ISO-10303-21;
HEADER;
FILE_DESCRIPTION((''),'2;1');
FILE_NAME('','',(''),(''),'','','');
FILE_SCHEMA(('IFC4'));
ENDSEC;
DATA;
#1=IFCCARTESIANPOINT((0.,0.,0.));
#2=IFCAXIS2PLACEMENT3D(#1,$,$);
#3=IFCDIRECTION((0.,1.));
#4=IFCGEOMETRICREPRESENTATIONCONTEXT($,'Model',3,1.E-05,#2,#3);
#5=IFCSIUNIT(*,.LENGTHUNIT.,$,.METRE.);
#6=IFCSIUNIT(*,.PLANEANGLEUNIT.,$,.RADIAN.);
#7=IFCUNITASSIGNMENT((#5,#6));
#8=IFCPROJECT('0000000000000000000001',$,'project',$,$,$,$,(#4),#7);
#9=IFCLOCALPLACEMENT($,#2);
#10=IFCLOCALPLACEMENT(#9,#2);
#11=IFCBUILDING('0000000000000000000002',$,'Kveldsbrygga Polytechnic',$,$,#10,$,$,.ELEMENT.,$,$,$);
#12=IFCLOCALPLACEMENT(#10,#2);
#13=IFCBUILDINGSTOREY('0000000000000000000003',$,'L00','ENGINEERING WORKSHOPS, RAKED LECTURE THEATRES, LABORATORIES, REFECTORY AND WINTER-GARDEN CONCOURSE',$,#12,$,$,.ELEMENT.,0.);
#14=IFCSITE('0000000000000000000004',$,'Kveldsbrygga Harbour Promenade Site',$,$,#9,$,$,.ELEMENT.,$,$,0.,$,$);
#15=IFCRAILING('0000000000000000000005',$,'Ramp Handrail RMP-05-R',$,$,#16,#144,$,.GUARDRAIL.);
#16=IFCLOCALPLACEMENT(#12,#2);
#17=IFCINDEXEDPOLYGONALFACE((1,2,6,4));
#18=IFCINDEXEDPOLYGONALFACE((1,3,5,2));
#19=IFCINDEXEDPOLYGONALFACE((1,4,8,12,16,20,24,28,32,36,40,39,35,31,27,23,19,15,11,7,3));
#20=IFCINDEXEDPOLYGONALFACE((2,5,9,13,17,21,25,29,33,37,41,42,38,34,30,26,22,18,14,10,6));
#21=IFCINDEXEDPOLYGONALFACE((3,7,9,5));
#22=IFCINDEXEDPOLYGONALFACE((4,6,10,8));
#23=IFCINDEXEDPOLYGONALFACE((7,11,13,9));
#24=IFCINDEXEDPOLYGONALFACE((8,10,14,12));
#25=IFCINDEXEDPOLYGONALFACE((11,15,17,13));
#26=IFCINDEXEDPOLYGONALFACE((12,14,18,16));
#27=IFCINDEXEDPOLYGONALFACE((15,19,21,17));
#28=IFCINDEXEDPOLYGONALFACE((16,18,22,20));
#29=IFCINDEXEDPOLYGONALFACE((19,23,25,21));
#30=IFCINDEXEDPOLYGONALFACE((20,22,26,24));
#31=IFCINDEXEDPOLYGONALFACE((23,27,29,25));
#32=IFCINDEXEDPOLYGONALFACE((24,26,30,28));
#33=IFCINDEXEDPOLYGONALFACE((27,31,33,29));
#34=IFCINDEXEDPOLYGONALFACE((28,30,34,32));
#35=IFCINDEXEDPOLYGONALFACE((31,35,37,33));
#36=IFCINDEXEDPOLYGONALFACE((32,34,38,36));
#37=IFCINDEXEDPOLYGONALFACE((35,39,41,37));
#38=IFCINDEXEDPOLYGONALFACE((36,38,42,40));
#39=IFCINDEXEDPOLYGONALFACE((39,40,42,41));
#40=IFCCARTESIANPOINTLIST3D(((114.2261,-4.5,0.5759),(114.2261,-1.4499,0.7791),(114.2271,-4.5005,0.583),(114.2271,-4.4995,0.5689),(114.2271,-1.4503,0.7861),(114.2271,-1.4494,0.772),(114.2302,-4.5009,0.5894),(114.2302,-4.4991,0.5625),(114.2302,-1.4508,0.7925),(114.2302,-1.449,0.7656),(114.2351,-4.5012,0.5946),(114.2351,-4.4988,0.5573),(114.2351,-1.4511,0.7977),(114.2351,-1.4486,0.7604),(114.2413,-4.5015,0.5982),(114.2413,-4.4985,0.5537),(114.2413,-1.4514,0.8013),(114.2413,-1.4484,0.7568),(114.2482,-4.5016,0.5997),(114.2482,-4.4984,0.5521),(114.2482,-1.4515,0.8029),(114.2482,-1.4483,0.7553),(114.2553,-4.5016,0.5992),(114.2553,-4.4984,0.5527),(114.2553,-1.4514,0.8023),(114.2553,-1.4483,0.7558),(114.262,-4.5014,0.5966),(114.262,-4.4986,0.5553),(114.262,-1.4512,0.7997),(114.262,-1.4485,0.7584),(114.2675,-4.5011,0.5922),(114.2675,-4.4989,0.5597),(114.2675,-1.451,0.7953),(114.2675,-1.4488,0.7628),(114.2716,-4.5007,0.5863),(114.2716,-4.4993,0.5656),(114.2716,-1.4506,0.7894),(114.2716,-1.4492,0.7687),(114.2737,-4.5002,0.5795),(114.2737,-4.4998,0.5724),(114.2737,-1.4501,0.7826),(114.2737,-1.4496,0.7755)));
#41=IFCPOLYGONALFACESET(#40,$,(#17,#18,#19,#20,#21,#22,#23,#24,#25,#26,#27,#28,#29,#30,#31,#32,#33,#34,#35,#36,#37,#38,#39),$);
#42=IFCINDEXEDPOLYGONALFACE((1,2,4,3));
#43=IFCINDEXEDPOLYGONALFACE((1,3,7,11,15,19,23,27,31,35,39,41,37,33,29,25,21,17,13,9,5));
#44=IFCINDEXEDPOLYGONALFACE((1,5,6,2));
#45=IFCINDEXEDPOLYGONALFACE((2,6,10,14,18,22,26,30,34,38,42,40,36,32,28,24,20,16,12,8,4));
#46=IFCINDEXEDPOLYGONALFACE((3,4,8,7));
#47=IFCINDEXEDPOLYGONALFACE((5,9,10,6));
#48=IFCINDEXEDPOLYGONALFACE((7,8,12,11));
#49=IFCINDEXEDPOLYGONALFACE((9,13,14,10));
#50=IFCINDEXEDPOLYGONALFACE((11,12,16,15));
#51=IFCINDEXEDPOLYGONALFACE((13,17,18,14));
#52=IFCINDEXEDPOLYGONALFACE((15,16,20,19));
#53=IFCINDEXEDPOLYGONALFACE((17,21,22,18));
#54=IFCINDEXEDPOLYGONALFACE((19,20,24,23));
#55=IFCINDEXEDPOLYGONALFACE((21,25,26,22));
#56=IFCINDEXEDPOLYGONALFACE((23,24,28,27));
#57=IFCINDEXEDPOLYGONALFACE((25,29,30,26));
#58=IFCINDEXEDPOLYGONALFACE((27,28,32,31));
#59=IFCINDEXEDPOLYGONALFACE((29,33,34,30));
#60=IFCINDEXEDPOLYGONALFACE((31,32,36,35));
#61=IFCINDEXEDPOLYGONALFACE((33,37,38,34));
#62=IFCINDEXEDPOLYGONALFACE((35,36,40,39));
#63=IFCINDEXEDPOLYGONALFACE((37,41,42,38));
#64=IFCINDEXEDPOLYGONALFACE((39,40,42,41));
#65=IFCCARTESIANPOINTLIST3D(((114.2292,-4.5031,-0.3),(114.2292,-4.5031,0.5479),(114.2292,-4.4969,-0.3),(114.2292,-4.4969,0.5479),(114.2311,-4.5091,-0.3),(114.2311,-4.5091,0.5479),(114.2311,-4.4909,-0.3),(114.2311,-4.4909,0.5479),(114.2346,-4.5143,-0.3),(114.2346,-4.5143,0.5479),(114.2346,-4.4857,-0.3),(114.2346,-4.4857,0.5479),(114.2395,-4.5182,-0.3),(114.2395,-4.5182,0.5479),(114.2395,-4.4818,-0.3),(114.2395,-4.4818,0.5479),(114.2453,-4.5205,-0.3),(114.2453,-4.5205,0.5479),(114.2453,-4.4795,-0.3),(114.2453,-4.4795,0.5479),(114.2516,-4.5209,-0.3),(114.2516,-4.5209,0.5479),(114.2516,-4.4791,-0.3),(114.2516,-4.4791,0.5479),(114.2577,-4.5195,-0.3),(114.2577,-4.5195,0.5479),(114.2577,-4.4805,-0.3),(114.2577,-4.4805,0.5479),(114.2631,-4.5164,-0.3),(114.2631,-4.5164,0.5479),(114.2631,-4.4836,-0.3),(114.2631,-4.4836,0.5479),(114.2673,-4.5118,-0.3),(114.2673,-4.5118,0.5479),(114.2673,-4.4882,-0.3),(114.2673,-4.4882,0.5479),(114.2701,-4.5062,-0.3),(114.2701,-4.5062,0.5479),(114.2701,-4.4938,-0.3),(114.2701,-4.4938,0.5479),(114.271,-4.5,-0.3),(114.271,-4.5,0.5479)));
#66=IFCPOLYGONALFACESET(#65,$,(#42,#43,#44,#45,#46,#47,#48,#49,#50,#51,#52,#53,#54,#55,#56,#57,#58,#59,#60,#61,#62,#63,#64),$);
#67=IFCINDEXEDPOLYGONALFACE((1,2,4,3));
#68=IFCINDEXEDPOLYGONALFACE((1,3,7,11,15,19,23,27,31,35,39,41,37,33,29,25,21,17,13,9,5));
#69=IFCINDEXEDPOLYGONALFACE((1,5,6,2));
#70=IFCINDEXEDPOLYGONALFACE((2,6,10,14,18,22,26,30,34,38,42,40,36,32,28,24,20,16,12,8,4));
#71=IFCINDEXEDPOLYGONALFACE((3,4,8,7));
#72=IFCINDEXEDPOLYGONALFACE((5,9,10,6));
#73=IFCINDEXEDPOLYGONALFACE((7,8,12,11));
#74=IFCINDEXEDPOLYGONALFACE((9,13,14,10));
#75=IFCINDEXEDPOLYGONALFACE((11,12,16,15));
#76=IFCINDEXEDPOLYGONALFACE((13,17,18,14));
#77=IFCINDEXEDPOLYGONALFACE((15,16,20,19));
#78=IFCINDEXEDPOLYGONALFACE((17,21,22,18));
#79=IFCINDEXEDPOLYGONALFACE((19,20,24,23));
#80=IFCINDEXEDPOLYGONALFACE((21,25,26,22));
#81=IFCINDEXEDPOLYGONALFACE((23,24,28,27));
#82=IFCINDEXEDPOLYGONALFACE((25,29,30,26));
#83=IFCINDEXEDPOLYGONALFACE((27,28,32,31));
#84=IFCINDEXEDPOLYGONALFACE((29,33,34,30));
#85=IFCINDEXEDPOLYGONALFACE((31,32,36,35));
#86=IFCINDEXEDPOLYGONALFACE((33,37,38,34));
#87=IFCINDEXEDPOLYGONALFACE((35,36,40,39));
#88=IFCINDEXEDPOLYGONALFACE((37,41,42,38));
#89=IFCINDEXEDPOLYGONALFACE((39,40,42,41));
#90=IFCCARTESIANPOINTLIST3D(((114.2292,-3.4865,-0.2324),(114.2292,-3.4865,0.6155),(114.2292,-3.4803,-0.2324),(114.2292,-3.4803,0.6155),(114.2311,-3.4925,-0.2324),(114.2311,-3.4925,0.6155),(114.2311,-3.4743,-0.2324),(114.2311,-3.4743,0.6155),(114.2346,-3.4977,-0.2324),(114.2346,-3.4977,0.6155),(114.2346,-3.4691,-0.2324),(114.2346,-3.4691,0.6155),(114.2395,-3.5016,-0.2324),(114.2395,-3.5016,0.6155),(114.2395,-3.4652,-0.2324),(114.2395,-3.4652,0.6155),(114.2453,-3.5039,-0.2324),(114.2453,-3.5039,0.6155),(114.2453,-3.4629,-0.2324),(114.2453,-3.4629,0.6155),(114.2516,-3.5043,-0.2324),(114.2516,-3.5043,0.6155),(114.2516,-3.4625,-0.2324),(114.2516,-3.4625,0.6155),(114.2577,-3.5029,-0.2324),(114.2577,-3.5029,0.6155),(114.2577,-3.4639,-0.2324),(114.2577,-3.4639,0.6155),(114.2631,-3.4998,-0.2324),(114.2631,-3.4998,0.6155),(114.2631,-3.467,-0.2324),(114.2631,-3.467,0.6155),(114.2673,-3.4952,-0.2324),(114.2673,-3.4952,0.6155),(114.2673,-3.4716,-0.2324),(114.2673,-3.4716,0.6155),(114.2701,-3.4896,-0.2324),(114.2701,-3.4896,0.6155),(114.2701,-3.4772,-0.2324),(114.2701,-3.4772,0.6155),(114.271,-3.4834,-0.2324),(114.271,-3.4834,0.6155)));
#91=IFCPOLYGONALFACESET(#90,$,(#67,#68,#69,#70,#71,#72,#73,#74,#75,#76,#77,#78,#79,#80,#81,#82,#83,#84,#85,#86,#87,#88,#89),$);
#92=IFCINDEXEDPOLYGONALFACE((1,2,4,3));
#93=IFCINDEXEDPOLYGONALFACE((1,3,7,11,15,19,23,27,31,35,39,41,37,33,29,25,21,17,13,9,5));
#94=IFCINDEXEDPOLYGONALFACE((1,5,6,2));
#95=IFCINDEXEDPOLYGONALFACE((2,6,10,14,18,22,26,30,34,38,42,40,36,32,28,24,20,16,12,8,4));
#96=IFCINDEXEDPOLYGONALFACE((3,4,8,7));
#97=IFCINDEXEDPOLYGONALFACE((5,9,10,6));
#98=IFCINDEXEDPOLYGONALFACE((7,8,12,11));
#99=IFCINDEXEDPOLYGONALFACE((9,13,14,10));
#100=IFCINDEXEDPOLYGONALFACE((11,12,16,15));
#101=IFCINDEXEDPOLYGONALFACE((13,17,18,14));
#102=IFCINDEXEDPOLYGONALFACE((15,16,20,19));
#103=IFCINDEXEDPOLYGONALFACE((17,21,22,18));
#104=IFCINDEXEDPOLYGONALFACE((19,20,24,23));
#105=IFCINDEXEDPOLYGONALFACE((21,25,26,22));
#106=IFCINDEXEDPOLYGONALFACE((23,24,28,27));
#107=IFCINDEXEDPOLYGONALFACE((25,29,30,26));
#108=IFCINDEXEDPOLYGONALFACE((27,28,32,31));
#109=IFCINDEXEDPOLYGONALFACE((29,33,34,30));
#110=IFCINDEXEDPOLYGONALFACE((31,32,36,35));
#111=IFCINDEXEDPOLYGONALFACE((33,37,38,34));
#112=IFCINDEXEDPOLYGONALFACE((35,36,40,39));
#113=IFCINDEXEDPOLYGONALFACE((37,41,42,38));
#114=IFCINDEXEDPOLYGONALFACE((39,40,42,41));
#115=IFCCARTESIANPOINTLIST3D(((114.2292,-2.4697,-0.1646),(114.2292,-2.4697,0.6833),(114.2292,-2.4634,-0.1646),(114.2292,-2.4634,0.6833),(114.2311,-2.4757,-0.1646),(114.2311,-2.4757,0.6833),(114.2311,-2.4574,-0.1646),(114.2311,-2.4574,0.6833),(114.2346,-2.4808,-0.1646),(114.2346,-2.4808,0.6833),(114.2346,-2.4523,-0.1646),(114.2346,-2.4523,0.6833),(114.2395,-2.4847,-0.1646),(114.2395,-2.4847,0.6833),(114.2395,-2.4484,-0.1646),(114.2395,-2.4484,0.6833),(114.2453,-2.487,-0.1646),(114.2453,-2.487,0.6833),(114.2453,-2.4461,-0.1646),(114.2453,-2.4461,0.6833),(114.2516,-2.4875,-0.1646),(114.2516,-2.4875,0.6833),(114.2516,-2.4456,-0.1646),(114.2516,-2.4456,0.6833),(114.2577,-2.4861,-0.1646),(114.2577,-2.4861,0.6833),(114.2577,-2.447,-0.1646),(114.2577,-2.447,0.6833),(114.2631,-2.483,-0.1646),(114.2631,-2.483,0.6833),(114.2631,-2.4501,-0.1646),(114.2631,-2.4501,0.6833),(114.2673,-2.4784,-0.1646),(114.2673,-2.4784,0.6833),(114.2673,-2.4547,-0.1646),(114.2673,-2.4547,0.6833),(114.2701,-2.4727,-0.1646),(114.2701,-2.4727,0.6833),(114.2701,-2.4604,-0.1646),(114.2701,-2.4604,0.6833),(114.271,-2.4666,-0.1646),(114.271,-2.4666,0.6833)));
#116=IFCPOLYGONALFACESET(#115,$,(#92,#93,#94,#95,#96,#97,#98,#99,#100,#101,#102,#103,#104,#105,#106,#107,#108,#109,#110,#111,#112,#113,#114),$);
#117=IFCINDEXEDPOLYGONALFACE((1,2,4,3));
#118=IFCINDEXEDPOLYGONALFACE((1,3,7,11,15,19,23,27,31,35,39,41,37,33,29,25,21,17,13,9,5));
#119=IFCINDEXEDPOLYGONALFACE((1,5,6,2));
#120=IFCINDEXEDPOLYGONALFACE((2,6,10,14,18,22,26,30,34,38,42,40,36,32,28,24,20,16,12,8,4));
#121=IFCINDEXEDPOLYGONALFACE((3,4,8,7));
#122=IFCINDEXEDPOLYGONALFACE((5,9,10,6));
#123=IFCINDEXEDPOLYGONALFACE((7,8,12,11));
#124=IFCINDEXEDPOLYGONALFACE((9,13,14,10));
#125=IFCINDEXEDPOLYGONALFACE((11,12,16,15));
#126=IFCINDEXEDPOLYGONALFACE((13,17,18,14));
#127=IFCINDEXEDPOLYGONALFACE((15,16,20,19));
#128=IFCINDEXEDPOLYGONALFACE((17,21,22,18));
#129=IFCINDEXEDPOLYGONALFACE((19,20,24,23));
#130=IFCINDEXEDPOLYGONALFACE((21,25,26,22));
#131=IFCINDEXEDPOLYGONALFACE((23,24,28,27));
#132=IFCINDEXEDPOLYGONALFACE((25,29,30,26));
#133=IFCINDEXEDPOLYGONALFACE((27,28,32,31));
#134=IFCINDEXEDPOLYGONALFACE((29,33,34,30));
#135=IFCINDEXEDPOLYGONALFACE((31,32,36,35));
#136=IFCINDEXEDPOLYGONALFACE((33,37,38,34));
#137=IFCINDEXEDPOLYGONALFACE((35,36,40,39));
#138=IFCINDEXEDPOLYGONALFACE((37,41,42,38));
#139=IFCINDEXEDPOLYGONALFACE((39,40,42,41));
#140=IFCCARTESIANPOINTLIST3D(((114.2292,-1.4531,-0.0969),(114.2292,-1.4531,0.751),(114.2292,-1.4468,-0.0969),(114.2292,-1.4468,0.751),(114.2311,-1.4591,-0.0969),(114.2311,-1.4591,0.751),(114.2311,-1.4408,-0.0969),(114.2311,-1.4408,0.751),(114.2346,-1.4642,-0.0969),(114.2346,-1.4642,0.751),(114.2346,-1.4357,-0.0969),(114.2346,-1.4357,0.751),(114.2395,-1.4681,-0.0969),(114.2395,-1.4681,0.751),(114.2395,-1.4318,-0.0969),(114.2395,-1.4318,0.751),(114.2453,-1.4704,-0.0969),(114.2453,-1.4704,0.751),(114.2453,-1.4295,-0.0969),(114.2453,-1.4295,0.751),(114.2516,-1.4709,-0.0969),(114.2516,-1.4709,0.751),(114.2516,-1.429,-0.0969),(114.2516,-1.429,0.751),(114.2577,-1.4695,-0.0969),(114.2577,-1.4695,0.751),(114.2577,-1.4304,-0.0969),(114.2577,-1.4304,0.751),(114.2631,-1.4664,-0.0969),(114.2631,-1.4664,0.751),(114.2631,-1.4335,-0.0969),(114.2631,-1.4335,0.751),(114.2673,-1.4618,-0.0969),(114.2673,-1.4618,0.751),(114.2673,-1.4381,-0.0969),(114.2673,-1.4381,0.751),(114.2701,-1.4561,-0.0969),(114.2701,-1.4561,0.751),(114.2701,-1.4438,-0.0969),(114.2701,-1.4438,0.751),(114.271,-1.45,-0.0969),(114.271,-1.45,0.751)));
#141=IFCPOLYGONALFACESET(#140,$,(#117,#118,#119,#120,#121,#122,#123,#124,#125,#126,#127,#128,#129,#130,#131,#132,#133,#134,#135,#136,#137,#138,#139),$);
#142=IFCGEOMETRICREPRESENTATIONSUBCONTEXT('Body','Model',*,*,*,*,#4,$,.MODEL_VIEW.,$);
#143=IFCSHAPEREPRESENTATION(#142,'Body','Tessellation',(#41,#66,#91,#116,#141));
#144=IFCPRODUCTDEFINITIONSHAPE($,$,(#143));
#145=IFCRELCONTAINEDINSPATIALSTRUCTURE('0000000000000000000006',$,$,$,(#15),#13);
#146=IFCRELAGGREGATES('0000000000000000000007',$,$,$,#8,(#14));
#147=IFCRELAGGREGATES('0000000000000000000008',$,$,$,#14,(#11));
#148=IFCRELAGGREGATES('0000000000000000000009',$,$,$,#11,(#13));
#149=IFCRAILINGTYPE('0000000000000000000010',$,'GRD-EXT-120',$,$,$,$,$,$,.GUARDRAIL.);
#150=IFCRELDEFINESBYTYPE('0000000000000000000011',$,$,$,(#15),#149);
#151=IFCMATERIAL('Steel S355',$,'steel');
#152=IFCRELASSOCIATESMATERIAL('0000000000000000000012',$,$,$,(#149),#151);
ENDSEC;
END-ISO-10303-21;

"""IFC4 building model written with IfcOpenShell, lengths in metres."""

from ifc_helpers import new_model, si_unit, direction, frame, origin, origin_2d, place, context, subcontext, project, spatial, circle, extrude, material, type_object, element, save


model = new_model("IFC4")

# Units and contexts
model_context = context("Model", 3, precision=1e-05, world=origin(), true_north=direction((0.0, 1.0)))
body_context = subcontext(model_context, "Body", "Model", "MODEL_VIEW")
ifc_project = project(units=[si_unit("LENGTHUNIT", "METRE"), si_unit("PLANEANGLEUNIT", "RADIAN")], contexts=[model_context])

# Site, building, storey
site_placement = place(None, origin())
site = spatial("IfcSite", under=ifc_project, at=site_placement, Name="Kveldsbrygga Harbour Promenade Site", CompositionType="ELEMENT", RefElevation=0.0)
building_placement = place(site_placement, origin())
building = spatial("IfcBuilding", under=site, at=building_placement, Name="Kveldsbrygga Polytechnic", CompositionType="ELEMENT")
storey_placement = place(building_placement, origin())
storey = spatial("IfcBuildingStorey", under=building, at=storey_placement, Name="L00", Description="ENGINEERING WORKSHOPS, RAKED LECTURE THEATRES, LABORATORIES, REFECTORY AND WINTER-GARDEN CONCOURSE", CompositionType="ELEMENT", Elevation=0.0)

# Shared definitions
ifc_material_1 = material(Name="Steel S355", Category="steel")

# Railing
railing_type = type_object("IfcRailingType", Name="GRD-EXT-120", PredefinedType="GUARDRAIL", material=ifc_material_1)
for number, where, name in (
    (1, (114.25, -4.5, -0.3), "Ramp Handrail RMP-05-R"),
):
    element("IfcRailing", number, at=place(storey_placement, frame(where)), inside=storey, type_object=railing_type, Name=name, PredefinedType="GUARDRAIL", context=body_context, shape_type="SweptSolid", body=[
        extrude(circle(Radius=0.0239, at=origin_2d()), frame((0.0, 0.0, 0.876), z_axis=(0.0, 0.99779, 0.06645), x_axis=(-1.0, 0.0, 0.0)), (0.0, 0.0, 1.0), 3.0569),
        extrude(circle(Radius=0.021, at=origin_2d()), origin(), (0.0, 0.0, 1.0), 0.8479),
        extrude(circle(Radius=0.021, at=origin_2d()), frame((0.0, 1.0166, 0.0676)), (0.0, 0.0, 1.0), 0.8479),
        extrude(circle(Radius=0.021, at=origin_2d()), frame((0.0, 2.0334, 0.1355)), (0.0, 0.0, 1.0), 0.8479),
        extrude(circle(Radius=0.021, at=origin_2d()), frame((0.0, 3.05, 0.2031)), (0.0, 0.0, 1.0), 0.8479),
    ])

save(model, "model.ifc")
